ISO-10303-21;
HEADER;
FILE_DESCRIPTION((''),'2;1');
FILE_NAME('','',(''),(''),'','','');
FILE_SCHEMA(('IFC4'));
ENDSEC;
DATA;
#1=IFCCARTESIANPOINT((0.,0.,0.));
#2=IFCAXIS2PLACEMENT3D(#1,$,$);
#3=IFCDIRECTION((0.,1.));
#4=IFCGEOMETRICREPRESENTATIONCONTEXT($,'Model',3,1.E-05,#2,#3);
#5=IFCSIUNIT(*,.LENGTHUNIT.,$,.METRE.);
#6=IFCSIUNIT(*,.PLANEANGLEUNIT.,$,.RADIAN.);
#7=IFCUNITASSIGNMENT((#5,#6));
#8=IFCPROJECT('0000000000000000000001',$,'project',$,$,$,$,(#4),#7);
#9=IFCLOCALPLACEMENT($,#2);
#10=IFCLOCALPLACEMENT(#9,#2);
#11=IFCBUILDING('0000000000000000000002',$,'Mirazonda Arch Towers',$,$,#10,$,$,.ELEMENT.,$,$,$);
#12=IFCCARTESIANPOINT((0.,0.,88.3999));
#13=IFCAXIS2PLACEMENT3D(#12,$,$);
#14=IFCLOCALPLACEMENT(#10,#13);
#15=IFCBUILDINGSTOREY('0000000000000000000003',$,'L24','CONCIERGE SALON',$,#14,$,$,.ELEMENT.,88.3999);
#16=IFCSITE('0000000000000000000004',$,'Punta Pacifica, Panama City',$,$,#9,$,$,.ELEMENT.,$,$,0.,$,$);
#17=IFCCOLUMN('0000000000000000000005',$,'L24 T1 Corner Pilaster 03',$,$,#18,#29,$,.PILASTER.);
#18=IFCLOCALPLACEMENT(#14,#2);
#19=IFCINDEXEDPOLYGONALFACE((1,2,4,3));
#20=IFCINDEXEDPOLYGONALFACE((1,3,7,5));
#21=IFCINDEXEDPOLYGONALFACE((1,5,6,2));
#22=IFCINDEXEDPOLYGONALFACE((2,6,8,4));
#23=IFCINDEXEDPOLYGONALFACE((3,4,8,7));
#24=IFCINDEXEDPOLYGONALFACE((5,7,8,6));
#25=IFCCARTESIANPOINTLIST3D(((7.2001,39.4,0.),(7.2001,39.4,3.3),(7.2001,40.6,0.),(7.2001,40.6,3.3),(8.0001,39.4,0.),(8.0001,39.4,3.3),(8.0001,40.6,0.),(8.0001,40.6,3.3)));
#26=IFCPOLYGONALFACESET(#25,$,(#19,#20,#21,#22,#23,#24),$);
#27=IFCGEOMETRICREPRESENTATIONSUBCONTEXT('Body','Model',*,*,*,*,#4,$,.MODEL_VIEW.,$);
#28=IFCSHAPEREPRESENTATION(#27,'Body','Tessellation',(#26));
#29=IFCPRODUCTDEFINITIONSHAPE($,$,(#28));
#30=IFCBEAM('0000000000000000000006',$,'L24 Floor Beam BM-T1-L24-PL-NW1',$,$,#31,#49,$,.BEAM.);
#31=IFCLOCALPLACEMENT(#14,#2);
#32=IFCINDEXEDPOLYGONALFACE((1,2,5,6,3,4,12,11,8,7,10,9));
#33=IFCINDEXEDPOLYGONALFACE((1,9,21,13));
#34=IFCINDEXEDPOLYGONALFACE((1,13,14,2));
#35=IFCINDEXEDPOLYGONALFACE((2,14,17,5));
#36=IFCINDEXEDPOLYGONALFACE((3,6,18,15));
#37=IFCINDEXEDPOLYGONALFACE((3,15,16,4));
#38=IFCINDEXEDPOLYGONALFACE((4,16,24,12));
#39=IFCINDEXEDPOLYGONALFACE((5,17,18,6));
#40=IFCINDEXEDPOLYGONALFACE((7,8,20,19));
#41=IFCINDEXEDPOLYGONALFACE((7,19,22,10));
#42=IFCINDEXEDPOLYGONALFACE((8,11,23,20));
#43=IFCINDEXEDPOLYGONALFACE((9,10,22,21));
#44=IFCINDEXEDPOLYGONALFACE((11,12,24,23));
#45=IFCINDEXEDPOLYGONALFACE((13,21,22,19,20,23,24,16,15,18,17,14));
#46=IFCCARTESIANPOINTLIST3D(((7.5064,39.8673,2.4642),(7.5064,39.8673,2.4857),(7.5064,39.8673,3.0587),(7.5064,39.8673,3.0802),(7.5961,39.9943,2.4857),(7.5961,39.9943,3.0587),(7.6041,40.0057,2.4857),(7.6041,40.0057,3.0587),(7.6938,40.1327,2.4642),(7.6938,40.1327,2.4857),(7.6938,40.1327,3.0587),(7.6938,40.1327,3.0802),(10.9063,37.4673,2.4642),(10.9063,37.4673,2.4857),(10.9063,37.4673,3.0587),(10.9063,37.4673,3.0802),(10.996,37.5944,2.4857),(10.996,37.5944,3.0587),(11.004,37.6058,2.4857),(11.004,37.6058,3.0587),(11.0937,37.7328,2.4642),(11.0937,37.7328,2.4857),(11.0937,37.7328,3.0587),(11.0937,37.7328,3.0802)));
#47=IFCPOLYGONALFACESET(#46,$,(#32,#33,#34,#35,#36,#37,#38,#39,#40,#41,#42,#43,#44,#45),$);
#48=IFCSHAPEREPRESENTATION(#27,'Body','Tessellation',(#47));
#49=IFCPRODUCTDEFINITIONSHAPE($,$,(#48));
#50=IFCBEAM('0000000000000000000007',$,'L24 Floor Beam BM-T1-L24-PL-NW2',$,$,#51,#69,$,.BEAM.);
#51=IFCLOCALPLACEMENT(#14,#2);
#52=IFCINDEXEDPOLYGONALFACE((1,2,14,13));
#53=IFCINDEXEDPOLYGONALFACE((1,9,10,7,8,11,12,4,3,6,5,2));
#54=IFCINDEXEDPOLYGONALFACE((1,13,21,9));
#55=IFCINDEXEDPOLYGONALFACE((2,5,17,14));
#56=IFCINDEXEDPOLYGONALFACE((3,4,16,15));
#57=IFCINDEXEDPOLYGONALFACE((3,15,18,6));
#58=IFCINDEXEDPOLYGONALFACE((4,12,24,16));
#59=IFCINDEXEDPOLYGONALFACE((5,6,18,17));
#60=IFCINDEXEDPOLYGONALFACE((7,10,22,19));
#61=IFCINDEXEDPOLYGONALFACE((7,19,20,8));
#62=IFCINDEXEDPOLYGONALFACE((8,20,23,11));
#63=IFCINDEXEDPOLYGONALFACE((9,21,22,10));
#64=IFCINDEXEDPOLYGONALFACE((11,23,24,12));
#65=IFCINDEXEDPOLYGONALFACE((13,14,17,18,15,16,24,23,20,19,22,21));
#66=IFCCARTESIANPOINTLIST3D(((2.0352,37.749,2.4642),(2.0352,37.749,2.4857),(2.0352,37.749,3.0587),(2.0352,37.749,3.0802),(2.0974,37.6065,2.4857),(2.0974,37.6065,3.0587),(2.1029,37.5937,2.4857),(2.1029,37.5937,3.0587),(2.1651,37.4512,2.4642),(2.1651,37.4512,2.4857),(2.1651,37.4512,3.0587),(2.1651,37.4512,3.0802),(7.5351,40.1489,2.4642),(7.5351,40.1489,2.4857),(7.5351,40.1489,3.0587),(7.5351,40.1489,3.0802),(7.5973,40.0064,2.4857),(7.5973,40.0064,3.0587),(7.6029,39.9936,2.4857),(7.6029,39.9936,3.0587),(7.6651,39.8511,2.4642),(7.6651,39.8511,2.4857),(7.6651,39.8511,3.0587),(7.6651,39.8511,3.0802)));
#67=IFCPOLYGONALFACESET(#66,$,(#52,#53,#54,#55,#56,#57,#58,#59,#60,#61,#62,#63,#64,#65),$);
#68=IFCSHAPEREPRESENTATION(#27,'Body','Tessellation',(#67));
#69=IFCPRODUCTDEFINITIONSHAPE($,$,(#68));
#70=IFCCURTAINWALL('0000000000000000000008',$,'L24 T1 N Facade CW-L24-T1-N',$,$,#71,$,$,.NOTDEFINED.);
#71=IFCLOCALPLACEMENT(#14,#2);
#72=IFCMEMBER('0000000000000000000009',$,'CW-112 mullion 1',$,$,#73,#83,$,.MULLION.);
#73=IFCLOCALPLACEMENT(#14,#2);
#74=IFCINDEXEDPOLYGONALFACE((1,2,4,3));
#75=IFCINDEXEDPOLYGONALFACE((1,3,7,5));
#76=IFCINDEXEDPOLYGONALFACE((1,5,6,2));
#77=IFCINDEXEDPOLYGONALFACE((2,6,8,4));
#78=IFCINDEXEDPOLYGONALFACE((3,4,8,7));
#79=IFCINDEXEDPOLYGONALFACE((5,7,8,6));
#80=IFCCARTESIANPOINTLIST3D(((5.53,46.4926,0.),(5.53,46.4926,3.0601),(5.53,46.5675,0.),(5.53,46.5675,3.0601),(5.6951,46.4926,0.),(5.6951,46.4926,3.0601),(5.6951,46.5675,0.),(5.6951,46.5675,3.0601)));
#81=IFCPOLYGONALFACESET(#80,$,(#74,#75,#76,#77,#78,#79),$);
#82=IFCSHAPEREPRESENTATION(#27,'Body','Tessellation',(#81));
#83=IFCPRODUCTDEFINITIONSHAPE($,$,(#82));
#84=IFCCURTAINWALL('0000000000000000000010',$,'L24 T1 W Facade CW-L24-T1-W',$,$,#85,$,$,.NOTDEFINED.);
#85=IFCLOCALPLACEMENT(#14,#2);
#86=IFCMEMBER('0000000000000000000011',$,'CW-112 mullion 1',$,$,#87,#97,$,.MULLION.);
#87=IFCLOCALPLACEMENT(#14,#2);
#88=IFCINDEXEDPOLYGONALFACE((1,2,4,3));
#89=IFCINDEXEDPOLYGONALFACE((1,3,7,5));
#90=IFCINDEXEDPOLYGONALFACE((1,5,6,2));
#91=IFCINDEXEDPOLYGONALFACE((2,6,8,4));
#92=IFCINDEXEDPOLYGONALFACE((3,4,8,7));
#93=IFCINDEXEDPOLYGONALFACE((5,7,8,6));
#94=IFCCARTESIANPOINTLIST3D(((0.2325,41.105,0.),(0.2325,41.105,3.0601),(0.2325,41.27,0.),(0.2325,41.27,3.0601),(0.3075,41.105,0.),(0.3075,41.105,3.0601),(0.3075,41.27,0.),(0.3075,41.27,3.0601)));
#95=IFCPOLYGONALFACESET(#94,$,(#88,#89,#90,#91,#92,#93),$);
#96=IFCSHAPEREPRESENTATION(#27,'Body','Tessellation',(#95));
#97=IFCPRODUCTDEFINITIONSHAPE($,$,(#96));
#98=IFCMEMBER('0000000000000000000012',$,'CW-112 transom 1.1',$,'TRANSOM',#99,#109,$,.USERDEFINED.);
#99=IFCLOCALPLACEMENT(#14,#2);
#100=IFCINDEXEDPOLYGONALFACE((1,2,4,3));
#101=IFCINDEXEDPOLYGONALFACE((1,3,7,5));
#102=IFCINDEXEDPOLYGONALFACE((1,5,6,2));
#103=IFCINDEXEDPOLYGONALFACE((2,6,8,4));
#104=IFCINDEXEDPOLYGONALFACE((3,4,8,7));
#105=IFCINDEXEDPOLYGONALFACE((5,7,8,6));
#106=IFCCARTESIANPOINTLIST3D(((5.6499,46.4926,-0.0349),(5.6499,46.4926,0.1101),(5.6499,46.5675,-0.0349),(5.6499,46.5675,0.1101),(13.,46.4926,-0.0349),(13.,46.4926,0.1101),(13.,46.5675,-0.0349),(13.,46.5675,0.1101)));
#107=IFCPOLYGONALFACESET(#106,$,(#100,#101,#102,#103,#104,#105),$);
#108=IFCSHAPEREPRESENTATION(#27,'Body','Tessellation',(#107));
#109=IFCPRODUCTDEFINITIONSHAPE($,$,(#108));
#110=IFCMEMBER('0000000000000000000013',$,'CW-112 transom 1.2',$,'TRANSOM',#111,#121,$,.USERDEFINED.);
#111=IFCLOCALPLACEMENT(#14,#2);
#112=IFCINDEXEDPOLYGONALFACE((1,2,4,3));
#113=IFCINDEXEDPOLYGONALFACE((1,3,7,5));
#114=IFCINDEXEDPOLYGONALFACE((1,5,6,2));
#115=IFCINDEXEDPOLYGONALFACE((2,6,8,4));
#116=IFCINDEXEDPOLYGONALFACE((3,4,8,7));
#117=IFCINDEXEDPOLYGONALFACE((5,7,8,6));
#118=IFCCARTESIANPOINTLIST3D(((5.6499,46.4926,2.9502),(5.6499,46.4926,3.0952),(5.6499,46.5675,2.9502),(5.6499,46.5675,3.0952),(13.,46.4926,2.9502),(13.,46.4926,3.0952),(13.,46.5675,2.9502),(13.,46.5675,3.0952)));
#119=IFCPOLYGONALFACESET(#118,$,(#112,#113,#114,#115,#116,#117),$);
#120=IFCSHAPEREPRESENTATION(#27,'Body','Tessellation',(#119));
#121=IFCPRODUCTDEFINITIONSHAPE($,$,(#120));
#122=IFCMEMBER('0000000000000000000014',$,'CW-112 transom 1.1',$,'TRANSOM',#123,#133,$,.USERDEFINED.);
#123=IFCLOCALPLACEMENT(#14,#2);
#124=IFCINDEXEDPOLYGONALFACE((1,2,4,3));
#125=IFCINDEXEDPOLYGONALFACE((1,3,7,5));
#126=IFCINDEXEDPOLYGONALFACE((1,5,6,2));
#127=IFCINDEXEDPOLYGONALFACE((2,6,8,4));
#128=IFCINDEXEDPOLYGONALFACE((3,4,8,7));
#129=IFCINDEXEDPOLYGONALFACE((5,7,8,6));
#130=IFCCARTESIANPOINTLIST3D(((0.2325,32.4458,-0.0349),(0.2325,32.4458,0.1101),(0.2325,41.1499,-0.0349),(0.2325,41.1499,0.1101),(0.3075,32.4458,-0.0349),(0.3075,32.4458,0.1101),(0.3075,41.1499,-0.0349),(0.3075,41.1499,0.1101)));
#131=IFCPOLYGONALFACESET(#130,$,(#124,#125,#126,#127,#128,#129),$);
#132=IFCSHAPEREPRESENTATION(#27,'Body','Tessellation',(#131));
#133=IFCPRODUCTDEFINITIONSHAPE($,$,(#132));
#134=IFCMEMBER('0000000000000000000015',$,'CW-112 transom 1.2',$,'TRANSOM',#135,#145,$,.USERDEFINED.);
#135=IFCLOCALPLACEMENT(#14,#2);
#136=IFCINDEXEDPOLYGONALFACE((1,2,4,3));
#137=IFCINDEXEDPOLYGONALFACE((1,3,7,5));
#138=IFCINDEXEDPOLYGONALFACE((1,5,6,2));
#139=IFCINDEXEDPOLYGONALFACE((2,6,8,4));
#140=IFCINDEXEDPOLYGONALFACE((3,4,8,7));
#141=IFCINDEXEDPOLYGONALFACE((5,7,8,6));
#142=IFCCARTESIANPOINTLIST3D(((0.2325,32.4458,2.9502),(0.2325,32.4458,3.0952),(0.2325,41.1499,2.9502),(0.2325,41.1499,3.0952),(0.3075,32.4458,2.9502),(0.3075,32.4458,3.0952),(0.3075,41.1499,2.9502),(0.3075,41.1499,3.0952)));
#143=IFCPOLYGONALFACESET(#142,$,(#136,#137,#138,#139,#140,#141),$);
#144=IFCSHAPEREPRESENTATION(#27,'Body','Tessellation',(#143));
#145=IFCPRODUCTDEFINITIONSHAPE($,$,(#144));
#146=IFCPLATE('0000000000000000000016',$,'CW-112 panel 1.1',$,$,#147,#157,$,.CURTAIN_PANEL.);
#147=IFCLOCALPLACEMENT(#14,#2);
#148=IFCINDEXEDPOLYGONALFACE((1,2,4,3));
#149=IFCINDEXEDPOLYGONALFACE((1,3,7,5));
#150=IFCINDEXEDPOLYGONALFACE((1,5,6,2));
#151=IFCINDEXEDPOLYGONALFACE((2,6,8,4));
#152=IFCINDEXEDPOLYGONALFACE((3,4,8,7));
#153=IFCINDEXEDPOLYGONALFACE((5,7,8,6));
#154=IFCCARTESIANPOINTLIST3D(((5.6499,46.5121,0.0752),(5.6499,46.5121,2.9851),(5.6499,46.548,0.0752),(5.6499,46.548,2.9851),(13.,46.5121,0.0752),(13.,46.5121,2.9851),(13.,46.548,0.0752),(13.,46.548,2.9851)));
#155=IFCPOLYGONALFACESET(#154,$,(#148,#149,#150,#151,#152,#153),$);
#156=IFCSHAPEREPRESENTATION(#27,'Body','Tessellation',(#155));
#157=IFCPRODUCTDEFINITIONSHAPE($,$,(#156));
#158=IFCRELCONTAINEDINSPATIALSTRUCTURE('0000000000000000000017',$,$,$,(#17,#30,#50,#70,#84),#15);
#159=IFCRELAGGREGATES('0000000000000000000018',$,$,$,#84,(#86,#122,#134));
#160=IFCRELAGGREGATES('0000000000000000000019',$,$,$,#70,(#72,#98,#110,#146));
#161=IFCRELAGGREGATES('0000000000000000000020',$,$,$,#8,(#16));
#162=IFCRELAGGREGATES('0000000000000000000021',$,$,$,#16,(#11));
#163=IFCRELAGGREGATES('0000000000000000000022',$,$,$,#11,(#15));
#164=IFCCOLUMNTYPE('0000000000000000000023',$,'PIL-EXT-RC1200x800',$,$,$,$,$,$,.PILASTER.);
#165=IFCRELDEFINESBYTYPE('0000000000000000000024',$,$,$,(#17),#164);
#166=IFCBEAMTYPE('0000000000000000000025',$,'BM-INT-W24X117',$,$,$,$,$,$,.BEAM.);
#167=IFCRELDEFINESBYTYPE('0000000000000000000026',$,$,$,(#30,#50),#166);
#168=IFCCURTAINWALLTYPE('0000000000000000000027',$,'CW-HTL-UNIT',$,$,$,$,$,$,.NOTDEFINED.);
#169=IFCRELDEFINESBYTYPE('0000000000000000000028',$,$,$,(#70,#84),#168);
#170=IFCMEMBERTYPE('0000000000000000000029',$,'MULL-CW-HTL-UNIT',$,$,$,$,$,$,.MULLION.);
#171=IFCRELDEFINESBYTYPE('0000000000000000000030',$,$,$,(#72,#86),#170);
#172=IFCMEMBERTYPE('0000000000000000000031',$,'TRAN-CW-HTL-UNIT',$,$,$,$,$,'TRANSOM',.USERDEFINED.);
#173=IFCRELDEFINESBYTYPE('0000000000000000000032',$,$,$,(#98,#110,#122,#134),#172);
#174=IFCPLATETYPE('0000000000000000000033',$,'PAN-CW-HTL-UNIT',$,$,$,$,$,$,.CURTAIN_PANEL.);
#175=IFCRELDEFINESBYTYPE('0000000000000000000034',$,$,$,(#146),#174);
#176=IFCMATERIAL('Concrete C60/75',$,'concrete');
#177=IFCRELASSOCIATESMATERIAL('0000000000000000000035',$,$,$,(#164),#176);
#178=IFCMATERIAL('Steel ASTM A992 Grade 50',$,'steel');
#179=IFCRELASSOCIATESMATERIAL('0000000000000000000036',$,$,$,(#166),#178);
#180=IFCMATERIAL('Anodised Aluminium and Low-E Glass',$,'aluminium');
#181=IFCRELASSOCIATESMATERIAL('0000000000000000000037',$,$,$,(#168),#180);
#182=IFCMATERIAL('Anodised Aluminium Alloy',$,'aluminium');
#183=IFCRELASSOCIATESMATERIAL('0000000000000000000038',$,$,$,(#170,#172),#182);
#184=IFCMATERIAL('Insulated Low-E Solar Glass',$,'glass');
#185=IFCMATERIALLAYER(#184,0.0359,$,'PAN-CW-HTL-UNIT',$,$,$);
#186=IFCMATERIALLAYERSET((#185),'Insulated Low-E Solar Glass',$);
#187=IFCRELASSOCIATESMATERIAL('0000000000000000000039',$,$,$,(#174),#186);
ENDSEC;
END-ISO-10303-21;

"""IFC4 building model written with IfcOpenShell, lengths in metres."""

from ifc_helpers import new_model, si_unit, direction, frame, origin, origin_2d, place, context, subcontext, project, spatial, rectangle, i_section, extrude, material, layer, layer_set, material_profile, profile_set, type_object, element, aggregate, save


model = new_model("IFC4")

# Units and contexts
model_context = context("Model", 3, precision=1e-05, world=origin(), true_north=direction((0.0, 1.0)))
body_context = subcontext(model_context, "Body", "Model", "MODEL_VIEW")
ifc_project = project(units=[si_unit("LENGTHUNIT", "METRE"), si_unit("PLANEANGLEUNIT", "RADIAN")], contexts=[model_context])

# Site, building, storey
site_placement = place(None, origin())
site = spatial("IfcSite", under=ifc_project, at=site_placement, Name="Punta Pacifica, Panama City", CompositionType="ELEMENT", RefElevation=0.0)
building_placement = place(site_placement, origin())
building = spatial("IfcBuilding", under=site, at=building_placement, Name="Mirazonda Arch Towers", CompositionType="ELEMENT")
storey_placement = place(building_placement, frame((0.0, 0.0, 88.3999)))
storey = spatial("IfcBuildingStorey", under=building, at=storey_placement, Name="L24", Description="CONCIERGE SALON", CompositionType="ELEMENT", Elevation=88.3999)

# Column
ifc_material_1 = material(Name="Concrete C60/75", Category="concrete")
ifc_material_profile_1 = material_profile(ifc_material_1, rectangle(XDim=0.8, YDim=1.2, at=origin_2d()), Name="RC1200x800")
ifc_profile_set_1 = profile_set([ifc_material_profile_1], Name="Concrete C60/75")
column_type = type_object("IfcColumnType", Name="PIL-EXT-RC1200x800", PredefinedType="PILASTER", material=ifc_profile_set_1)
column_placement = place(storey_placement, frame((7.6001, 40.0, 0.0), z_axis=(0.0, 0.0, 1.0), x_axis=(1.0, 0.0, 0.0)))
element("IfcColumn", 1, at=column_placement, inside=storey, type_object=column_type, Name="L24 T1 Corner Pilaster 03", PredefinedType="PILASTER", context=body_context, shape_type="SweptSolid", body=[
    extrude(rectangle(XDim=0.8, YDim=1.2, at=origin_2d()), origin(), (0.0, 0.0, 1.0), 3.3),
])

# Beams
ifc_material_2 = material(Name="Steel ASTM A992 Grade 50", Category="steel")
ifc_material_profile_2 = material_profile(ifc_material_2, i_section(OverallWidth=0.325, OverallDepth=0.616, WebThickness=0.0139, FlangeThickness=0.0215, at=origin_2d()), Name="W24X117")
ifc_profile_set_2 = profile_set([ifc_material_profile_2], Name="Steel ASTM A992 Grade 50")
beam_type = type_object("IfcBeamType", Name="BM-INT-W24X117", PredefinedType="BEAM", material=ifc_profile_set_2)
beam_1_placement = place(storey_placement, frame((7.6001, 40.0, 2.7722), z_axis=(0.816971, -0.576679, 0.0), x_axis=(0.576679, 0.816971, 0.0)))
element("IfcBeam", 2, at=beam_1_placement, inside=storey, type_object=beam_type, Name="L24 Floor Beam BM-T1-L24-PL-NW1", PredefinedType="BEAM", context=body_context, shape_type="SweptSolid", body=[
    extrude(i_section(OverallWidth=0.325, OverallDepth=0.616, WebThickness=0.0139, FlangeThickness=0.0215, at=origin_2d()), origin(), (0.0, 0.0, 1.0), 4.1616),
])
beam_2_placement = place(storey_placement, frame((7.6001, 40.0, 2.7722), z_axis=(-0.916545, -0.399931, 0.0), x_axis=(0.399931, -0.916545, 0.0)))
element("IfcBeam", 3, at=beam_2_placement, inside=storey, type_object=beam_type, Name="L24 Floor Beam BM-T1-L24-PL-NW2", PredefinedType="BEAM", context=body_context, shape_type="SweptSolid", body=[
    extrude(i_section(OverallWidth=0.325, OverallDepth=0.616, WebThickness=0.0139, FlangeThickness=0.0215, at=origin_2d()), origin(), (0.0, 0.0, 1.0), 6.0007),
])

# Curtain walls, members
ifc_material_3 = material(Name="Anodised Aluminium and Low-E Glass", Category="aluminium")
curtain_wall_type = type_object("IfcCurtainWallType", Name="CW-HTL-UNIT", PredefinedType="NOTDEFINED", material=ifc_material_3)
curtain_wall_1_placement = place(storey_placement, origin())
curtain_wall_1 = element("IfcCurtainWall", 4, at=curtain_wall_1_placement, inside=storey, type_object=curtain_wall_type, Name="L24 T1 N Facade CW-L24-T1-N", PredefinedType="NOTDEFINED")
ifc_material_4 = material(Name="Anodised Aluminium Alloy", Category="aluminium")
ifc_material_profile_3 = material_profile(ifc_material_4, rectangle(XDim=0.075, YDim=0.165, at=origin_2d()), Name="ALU-MULL-75x165")
ifc_profile_set_3 = profile_set([ifc_material_profile_3], Name="Anodised Aluminium Alloy")
member_type_1 = type_object("IfcMemberType", Name="MULL-CW-HTL-UNIT", PredefinedType="MULLION", material=ifc_profile_set_3)
member_1_placement = place(storey_placement, frame((5.6125, 46.53, 0.0), z_axis=(0.0, 0.0, 1.0), x_axis=(0.0, 1.0, 0.0)))
member_1 = element("IfcMember", 5, at=member_1_placement, type_object=member_type_1, Name="CW-112 mullion 1", PredefinedType="MULLION", context=body_context, shape_type="SweptSolid", body=[
    extrude(rectangle(XDim=0.075, YDim=0.165, at=origin_2d()), origin(), (0.0, 0.0, 1.0), 3.0601),
])
curtain_wall_2_placement = place(storey_placement, origin())
curtain_wall_2 = element("IfcCurtainWall", 6, at=curtain_wall_2_placement, inside=storey, type_object=curtain_wall_type, Name="L24 T1 W Facade CW-L24-T1-W", PredefinedType="NOTDEFINED")
member_2_placement = place(storey_placement, frame((0.27, 41.1875, 0.0), z_axis=(0.0, 0.0, 1.0), x_axis=(1.0, 0.0, 0.0)))
member_2 = element("IfcMember", 7, at=member_2_placement, type_object=member_type_1, Name="CW-112 mullion 1", PredefinedType="MULLION", context=body_context, shape_type="SweptSolid", body=[
    extrude(rectangle(XDim=0.075, YDim=0.165, at=origin_2d()), origin(), (0.0, 0.0, 1.0), 3.0601),
])

# Members
ifc_material_profile_4 = material_profile(ifc_material_4, rectangle(XDim=0.075, YDim=0.145, at=origin_2d()), Name="ALU-TRAN-75x145")
ifc_profile_set_4 = profile_set([ifc_material_profile_4], Name="Anodised Aluminium Alloy")
member_type_2 = type_object("IfcMemberType", Name="TRAN-CW-HTL-UNIT", ElementType="TRANSOM", PredefinedType="USERDEFINED", material=ifc_profile_set_4)
member_3_placement = place(storey_placement, frame((5.6499, 46.53, 0.0376), z_axis=(1.0, 0.0, 0.0), x_axis=(0.0, 1.0, 0.0)))
member_3 = element("IfcMember", 8, at=member_3_placement, type_object=member_type_2, Name="CW-112 transom 1.1", ObjectType="TRANSOM", PredefinedType="USERDEFINED", context=body_context, shape_type="SweptSolid", body=[
    extrude(rectangle(XDim=0.075, YDim=0.145, at=origin_2d()), origin(), (0.0, 0.0, 1.0), 7.3501),
])
member_4_placement = place(storey_placement, frame((5.6499, 46.53, 3.0227), z_axis=(1.0, 0.0, 0.0), x_axis=(0.0, 1.0, 0.0)))
member_4 = element("IfcMember", 9, at=member_4_placement, type_object=member_type_2, Name="CW-112 transom 1.2", ObjectType="TRANSOM", PredefinedType="USERDEFINED", context=body_context, shape_type="SweptSolid", body=[
    extrude(rectangle(XDim=0.075, YDim=0.145, at=origin_2d()), origin(), (0.0, 0.0, 1.0), 7.3501),
])
member_5_placement = place(storey_placement, frame((0.27, 41.1499, 0.0376), z_axis=(0.0, -1.0, 0.0), x_axis=(1.0, 0.0, 0.0)))
member_5 = element("IfcMember", 10, at=member_5_placement, type_object=member_type_2, Name="CW-112 transom 1.1", ObjectType="TRANSOM", PredefinedType="USERDEFINED", context=body_context, shape_type="SweptSolid", body=[
    extrude(rectangle(XDim=0.075, YDim=0.145, at=origin_2d()), origin(), (0.0, 0.0, 1.0), 8.7041),
])
member_6_placement = place(storey_placement, frame((0.27, 41.1499, 3.0227), z_axis=(0.0, -1.0, 0.0), x_axis=(1.0, 0.0, 0.0)))
member_6 = element("IfcMember", 11, at=member_6_placement, type_object=member_type_2, Name="CW-112 transom 1.2", ObjectType="TRANSOM", PredefinedType="USERDEFINED", context=body_context, shape_type="SweptSolid", body=[
    extrude(rectangle(XDim=0.075, YDim=0.145, at=origin_2d()), origin(), (0.0, 0.0, 1.0), 8.7041),
])
aggregate(curtain_wall_2, [member_2, member_5, member_6])

# Plate
ifc_material_5 = material(Name="Insulated Low-E Solar Glass", Category="glass")
ifc_layer_1 = layer(ifc_material_5, 0.0359, Name="PAN-CW-HTL-UNIT")
ifc_layer_set_1 = layer_set([ifc_layer_1], Name="Insulated Low-E Solar Glass")
plate_type = type_object("IfcPlateType", Name="PAN-CW-HTL-UNIT", PredefinedType="CURTAIN_PANEL", material=ifc_layer_set_1)
plate_placement = place(storey_placement, frame((9.325, 46.53, 0.0752), z_axis=(0.0, 0.0, 1.0), x_axis=(1.0, 0.0, 0.0)))
plate = element("IfcPlate", 12, at=plate_placement, type_object=plate_type, Name="CW-112 panel 1.1", PredefinedType="CURTAIN_PANEL", context=body_context, shape_type="SweptSolid", body=[
    extrude(rectangle(XDim=7.3501, YDim=0.0359, at=origin_2d()), origin(), (0.0, 0.0, 1.0), 2.9099),
])
aggregate(curtain_wall_1, [member_1, member_3, member_4, plate])

save(model, "model.ifc")
